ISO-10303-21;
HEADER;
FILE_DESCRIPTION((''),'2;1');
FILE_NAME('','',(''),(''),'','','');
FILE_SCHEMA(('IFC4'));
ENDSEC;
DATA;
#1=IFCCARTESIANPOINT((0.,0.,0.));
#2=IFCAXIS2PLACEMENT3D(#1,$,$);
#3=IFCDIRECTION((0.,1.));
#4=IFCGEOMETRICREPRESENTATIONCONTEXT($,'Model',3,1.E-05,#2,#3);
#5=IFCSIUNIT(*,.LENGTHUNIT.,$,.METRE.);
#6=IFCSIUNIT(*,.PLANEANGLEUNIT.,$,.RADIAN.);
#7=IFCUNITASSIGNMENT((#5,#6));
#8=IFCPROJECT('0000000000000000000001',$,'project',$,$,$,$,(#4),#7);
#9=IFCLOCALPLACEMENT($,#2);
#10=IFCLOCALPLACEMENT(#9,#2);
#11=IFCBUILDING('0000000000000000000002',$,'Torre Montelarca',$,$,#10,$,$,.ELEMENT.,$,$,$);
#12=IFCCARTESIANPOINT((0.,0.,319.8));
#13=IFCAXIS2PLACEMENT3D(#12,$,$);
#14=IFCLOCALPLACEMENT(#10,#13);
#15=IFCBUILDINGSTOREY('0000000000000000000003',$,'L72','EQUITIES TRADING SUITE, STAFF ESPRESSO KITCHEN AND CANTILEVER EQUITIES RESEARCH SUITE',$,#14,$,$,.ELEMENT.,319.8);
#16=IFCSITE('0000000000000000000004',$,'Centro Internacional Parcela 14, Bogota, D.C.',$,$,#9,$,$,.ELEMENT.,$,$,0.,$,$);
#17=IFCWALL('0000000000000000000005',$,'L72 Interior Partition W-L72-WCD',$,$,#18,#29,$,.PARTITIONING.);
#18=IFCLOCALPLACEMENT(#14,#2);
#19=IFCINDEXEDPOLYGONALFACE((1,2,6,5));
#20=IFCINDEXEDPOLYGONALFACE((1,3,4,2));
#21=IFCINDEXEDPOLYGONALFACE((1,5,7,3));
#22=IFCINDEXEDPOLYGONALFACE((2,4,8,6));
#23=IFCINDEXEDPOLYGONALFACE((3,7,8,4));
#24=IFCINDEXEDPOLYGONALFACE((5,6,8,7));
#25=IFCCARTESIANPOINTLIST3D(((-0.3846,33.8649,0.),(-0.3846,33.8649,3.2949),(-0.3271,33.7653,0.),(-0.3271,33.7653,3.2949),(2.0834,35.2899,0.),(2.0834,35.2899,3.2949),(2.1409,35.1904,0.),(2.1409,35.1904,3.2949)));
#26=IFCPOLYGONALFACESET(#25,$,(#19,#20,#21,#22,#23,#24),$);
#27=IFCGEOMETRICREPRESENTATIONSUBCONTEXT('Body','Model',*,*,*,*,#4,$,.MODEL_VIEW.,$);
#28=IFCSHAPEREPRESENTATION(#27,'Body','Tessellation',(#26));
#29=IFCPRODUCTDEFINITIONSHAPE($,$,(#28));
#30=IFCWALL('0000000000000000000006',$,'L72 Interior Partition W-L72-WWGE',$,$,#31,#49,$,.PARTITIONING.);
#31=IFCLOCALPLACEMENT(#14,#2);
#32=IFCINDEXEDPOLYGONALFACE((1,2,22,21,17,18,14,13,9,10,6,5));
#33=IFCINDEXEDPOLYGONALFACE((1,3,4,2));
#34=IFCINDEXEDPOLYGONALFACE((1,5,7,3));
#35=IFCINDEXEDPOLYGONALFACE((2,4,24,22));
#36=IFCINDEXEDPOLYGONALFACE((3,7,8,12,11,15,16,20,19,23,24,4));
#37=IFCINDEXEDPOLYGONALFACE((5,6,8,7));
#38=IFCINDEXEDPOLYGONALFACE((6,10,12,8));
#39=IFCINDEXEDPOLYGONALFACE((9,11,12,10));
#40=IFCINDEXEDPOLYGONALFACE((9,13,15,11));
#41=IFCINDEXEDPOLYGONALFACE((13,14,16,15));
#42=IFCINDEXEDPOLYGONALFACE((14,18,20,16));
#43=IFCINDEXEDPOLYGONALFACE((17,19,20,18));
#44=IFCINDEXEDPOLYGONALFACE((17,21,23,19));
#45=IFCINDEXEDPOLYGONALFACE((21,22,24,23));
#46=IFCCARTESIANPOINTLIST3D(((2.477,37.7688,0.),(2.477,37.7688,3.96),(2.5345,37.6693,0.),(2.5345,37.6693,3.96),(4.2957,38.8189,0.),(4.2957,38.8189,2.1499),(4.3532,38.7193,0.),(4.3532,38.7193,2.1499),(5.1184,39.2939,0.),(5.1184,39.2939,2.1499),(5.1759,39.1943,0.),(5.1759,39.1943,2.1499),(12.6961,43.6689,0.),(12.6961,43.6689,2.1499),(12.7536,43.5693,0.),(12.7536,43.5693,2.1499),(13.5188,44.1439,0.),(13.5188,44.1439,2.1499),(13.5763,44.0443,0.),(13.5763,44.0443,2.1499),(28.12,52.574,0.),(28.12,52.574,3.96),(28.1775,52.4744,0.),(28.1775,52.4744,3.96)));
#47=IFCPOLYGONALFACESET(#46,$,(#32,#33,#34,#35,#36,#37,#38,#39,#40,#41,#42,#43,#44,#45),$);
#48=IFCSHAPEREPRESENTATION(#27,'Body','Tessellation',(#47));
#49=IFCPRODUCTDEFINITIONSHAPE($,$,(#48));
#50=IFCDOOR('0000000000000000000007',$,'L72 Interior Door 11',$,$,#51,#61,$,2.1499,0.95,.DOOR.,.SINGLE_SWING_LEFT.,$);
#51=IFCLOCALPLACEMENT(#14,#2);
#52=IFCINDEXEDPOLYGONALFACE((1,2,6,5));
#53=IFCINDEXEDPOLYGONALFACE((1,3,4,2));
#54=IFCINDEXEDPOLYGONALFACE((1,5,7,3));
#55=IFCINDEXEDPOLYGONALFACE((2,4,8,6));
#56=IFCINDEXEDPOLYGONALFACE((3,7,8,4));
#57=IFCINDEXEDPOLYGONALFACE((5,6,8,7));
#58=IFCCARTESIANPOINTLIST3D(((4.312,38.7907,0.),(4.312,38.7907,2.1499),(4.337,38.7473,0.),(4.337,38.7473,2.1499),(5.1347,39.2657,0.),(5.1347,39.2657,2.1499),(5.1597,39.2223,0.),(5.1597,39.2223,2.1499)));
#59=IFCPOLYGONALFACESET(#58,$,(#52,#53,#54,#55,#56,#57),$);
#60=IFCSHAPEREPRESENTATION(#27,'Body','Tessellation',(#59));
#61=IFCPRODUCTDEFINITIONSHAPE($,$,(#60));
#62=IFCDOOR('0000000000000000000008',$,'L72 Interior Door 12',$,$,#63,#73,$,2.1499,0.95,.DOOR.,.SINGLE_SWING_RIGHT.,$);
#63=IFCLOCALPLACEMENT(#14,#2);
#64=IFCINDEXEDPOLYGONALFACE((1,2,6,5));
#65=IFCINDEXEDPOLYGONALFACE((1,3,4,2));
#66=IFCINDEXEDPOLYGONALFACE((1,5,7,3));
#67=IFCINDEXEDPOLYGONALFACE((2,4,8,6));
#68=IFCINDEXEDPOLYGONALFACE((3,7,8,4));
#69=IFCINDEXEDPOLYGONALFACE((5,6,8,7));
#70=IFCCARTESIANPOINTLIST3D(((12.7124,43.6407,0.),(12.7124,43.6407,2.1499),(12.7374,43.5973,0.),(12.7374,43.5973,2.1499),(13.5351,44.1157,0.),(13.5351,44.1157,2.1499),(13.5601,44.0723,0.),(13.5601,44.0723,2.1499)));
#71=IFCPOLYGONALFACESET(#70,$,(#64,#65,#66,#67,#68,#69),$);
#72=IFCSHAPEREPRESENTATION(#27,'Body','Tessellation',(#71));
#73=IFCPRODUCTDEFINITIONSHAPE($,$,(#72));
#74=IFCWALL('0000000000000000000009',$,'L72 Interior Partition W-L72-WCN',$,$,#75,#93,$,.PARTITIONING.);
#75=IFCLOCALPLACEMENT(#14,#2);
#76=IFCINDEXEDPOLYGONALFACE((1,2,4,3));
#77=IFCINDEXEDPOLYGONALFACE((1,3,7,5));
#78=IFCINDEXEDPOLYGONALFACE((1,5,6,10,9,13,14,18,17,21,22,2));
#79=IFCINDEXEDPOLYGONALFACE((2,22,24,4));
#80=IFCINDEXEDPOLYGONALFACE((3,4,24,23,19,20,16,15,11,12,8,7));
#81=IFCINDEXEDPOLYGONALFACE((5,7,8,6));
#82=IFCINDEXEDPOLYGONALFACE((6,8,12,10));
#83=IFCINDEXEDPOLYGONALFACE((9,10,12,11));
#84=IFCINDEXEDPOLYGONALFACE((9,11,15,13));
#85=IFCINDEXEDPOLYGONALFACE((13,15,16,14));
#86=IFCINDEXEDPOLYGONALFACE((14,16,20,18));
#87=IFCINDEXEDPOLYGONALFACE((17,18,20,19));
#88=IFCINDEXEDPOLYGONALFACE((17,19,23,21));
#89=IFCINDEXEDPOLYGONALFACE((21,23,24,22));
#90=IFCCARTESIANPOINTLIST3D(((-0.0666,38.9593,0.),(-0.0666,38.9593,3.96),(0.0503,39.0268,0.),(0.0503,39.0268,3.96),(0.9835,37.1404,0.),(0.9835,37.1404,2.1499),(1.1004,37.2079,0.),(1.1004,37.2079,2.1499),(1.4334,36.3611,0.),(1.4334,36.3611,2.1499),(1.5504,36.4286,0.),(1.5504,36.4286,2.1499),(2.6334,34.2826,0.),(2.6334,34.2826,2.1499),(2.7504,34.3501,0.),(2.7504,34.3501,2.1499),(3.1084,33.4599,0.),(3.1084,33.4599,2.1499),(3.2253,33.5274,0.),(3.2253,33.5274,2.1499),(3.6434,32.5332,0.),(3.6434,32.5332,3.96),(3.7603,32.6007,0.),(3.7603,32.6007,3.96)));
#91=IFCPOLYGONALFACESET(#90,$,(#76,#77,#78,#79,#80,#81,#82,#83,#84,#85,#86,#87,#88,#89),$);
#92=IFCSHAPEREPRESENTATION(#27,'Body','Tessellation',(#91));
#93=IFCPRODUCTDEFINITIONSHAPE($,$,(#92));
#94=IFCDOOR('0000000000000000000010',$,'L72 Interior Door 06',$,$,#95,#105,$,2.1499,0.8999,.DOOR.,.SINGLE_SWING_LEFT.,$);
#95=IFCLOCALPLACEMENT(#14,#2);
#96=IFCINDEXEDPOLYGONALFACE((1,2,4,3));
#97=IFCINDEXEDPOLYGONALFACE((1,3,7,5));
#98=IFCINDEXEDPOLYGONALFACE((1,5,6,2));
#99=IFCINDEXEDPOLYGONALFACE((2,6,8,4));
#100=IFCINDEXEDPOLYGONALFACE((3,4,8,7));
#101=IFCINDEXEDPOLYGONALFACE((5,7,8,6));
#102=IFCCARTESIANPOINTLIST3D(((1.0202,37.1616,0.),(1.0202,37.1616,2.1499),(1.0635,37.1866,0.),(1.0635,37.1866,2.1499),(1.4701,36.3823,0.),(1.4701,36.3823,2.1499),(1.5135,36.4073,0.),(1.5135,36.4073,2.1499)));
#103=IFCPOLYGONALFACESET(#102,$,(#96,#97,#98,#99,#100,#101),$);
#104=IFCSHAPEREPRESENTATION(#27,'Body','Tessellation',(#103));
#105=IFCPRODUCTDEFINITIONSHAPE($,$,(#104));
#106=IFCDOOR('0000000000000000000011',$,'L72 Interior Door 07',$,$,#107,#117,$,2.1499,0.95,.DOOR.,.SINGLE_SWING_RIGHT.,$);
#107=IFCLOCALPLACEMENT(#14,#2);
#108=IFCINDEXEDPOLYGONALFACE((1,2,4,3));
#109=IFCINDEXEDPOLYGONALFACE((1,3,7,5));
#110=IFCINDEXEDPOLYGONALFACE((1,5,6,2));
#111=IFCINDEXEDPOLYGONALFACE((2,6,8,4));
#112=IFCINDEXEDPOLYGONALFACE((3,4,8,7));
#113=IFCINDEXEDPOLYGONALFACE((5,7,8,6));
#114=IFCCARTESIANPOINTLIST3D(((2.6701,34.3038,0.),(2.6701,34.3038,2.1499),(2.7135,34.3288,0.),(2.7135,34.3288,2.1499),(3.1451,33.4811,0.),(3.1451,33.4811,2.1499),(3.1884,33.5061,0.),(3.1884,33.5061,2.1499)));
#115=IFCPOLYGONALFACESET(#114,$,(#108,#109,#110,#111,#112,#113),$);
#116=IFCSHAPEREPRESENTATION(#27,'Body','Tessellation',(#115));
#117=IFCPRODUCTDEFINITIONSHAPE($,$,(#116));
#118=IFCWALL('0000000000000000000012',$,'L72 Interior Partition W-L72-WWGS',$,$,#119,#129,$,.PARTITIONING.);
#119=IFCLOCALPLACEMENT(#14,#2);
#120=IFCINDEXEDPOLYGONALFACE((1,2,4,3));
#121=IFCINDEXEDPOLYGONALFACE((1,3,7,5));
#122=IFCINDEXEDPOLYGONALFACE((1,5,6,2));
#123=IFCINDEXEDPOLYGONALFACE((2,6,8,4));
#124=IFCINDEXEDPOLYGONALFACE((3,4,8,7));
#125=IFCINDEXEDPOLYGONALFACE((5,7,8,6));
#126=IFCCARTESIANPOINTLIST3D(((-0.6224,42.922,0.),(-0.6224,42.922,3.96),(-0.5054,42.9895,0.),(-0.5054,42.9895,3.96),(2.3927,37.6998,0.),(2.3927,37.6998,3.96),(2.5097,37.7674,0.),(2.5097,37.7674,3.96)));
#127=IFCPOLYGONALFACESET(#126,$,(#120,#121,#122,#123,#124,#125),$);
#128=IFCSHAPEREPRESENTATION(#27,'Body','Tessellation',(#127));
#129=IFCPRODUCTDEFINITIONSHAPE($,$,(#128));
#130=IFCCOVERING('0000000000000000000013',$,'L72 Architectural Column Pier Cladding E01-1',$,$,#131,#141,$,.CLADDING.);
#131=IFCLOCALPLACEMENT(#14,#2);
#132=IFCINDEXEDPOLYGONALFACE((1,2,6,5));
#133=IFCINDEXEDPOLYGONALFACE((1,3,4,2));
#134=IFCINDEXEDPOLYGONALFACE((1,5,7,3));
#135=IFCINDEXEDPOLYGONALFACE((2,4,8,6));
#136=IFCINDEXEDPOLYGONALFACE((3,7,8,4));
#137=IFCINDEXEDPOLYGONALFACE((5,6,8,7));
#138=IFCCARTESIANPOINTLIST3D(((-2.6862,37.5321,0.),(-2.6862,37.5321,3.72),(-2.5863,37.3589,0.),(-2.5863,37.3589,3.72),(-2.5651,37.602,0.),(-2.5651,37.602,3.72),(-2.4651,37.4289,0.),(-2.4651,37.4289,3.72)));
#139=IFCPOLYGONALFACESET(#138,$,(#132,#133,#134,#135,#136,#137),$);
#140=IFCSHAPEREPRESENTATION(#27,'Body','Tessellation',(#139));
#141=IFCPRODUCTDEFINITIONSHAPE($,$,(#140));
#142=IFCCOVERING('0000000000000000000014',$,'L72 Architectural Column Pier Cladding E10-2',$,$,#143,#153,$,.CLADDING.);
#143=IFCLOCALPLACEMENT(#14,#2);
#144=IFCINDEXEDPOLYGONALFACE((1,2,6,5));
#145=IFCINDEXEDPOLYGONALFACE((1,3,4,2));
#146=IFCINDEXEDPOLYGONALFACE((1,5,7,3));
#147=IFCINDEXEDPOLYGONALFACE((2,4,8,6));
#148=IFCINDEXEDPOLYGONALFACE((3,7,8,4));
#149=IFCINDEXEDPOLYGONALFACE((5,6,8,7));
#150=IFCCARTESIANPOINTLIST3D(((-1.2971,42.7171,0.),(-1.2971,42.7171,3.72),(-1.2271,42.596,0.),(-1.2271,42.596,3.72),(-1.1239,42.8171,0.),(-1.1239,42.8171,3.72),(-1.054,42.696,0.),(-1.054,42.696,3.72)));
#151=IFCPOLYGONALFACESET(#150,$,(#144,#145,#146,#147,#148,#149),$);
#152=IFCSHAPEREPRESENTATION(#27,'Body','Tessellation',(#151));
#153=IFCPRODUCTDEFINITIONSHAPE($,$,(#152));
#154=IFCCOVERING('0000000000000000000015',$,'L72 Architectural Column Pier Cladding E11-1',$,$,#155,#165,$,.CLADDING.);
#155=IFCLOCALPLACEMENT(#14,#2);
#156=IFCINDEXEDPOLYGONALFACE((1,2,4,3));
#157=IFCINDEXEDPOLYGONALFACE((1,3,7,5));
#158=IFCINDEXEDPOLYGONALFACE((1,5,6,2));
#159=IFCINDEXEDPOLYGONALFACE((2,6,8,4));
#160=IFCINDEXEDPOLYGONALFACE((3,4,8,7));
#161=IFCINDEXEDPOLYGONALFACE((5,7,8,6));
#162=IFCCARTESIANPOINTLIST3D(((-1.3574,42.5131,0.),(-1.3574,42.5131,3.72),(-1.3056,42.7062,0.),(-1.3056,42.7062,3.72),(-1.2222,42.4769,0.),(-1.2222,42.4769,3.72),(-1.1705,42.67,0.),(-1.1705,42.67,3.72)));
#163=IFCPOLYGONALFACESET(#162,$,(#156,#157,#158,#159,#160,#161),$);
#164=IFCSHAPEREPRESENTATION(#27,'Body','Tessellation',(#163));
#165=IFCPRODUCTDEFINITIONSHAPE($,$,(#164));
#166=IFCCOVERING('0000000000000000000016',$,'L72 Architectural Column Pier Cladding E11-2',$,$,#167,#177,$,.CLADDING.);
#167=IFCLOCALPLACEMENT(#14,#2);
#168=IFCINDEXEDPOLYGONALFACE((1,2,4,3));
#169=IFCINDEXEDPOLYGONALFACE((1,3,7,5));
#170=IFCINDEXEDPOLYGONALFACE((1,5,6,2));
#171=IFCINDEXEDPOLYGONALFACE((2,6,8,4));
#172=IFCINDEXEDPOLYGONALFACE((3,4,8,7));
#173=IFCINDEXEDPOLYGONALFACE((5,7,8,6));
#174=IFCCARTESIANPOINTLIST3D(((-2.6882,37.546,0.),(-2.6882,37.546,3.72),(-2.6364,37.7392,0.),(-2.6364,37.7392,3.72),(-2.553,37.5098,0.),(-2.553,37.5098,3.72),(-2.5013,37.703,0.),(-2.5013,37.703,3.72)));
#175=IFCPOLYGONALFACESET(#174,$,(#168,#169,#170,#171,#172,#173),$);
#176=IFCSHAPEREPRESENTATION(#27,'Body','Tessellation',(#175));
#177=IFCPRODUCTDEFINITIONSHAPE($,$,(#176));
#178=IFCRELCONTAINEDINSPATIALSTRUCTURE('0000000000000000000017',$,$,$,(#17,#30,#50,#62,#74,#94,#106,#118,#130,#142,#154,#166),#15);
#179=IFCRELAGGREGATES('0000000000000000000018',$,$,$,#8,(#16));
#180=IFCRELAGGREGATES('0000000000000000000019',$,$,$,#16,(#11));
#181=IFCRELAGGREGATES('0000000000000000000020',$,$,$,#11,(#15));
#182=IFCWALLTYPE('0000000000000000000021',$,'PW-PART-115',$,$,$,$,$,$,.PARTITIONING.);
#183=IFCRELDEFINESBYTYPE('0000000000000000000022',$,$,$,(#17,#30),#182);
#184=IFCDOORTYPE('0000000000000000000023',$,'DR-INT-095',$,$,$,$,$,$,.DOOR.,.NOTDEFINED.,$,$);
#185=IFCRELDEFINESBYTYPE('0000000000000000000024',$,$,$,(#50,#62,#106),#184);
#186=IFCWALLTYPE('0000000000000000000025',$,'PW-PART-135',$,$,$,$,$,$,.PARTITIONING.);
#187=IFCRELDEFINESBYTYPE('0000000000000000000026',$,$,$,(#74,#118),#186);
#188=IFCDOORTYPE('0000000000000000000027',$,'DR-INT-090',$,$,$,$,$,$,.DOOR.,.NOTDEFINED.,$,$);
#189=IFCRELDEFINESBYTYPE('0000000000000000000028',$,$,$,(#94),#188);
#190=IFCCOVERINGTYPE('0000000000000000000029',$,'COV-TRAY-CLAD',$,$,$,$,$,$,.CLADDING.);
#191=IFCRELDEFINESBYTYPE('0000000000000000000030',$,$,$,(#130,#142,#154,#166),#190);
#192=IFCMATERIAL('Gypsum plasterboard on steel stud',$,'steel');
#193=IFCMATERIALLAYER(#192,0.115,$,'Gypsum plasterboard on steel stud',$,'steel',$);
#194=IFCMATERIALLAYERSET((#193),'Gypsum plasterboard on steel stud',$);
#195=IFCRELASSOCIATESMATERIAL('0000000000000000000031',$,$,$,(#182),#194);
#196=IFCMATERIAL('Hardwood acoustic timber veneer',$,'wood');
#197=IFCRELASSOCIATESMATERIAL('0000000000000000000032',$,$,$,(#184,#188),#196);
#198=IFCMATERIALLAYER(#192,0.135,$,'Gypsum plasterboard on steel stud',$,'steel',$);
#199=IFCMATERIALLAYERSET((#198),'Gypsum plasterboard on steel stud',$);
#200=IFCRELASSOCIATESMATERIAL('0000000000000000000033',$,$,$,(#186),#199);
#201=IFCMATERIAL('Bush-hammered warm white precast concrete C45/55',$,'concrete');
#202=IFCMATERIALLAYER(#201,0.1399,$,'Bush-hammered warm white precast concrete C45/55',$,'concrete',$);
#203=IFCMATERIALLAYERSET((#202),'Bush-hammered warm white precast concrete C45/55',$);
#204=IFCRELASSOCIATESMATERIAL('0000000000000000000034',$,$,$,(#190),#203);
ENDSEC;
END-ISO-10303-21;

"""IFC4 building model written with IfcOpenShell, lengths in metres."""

from ifc_helpers import new_model, si_unit, direction, frame, frame_2d, origin, origin_2d, place, context, subcontext, project, spatial, rectangle, extrude, source, transform, mapped, material, layer, layer_set, type_object, element, fill, save


model = new_model("IFC4")

# Units and contexts
model_context = context("Model", 3, precision=1e-05, world=origin(), true_north=direction((0.0, 1.0)))
body_context = subcontext(model_context, "Body", "Model", "MODEL_VIEW")
ifc_project = project(units=[si_unit("LENGTHUNIT", "METRE"), si_unit("PLANEANGLEUNIT", "RADIAN")], contexts=[model_context])

# Site, building, storey
site_placement = place(None, origin())
site = spatial("IfcSite", under=ifc_project, at=site_placement, Name="Centro Internacional Parcela 14, Bogota, D.C.", CompositionType="ELEMENT", RefElevation=0.0)
building_placement = place(site_placement, origin())
building = spatial("IfcBuilding", under=site, at=building_placement, Name="Torre Montelarca", CompositionType="ELEMENT")
storey_placement = place(building_placement, frame((0.0, 0.0, 319.8)))
storey = spatial("IfcBuildingStorey", under=building, at=storey_placement, Name="L72", Description="EQUITIES TRADING SUITE, STAFF ESPRESSO KITCHEN AND CANTILEVER EQUITIES RESEARCH SUITE", CompositionType="ELEMENT", Elevation=319.8)

# Shared definitions
ifc_material_1 = material(Name="Gypsum plasterboard on steel stud", Category="steel")

# Wall
ifc_layer_1 = layer(ifc_material_1, 0.115, Name="Gypsum plasterboard on steel stud", Category="steel")
ifc_layer_set_1 = layer_set([ifc_layer_1], Name="Gypsum plasterboard on steel stud")
wall_type_1 = type_object("IfcWallType", Name="PW-PART-115", PredefinedType="PARTITIONING", material=ifc_layer_set_1)
wall_1_placement = place(storey_placement, frame((-0.3557, 33.8152, 0.0), z_axis=(0.0, 0.0, 1.0), x_axis=(0.866004, 0.500036, 0.0)))
element("IfcWall", 1, at=wall_1_placement, inside=storey, type_object=wall_type_1, Name="L72 Interior Partition W-L72-WCD", PredefinedType="PARTITIONING", context=body_context, shape_type="SweptSolid", body=[
    extrude(rectangle(XDim=2.8499, YDim=0.115, at=frame_2d((1.4248, 0.0))), origin(), (0.0, 0.0, 1.0), 3.2949),
])

# Walls, openings, doors
wall_2_placement = place(storey_placement, frame((2.5056, 37.719, 0.0), z_axis=(0.0, 0.0, 1.0), x_axis=(0.866023, 0.500004, 0.0)))
wall_2 = element("IfcWall", 2, at=wall_2_placement, inside=storey, type_object=wall_type_1, Name="L72 Interior Partition W-L72-WWGE", PredefinedType="PARTITIONING", context=body_context, shape_type="SweptSolid", body=[
    extrude(rectangle(XDim=29.6101, YDim=0.115, at=frame_2d((14.8052, 0.0))), origin(), (0.0, 0.0, 1.0), 3.96),
])
opening_1_placement = place(wall_2_placement, frame((2.1001, 0.0, 0.0)))
opening_1 = element("IfcOpeningElement", 3, at=opening_1_placement, cuts=wall_2, PredefinedType="OPENING", context=body_context, shape_type="SweptSolid", body=[
    extrude(rectangle(XDim=0.95, YDim=2.1499, at=frame_2d((0.4751, 1.075))), frame((0.0, 0.0674, 0.0), z_axis=(0.0, -1.0, 0.0), x_axis=(1.0, 0.0, 0.0)), (0.0, 0.0, 1.0), 0.135),
])
opening_2_placement = place(wall_2_placement, frame((11.8, 0.0, 0.0)))
opening_2 = element("IfcOpeningElement", 4, at=opening_2_placement, cuts=wall_2, PredefinedType="OPENING", context=body_context, shape_type="SweptSolid", body=[
    extrude(rectangle(XDim=0.95, YDim=2.1499, at=frame_2d((0.4751, 1.075))), frame((0.0, 0.0674, 0.0), z_axis=(0.0, -1.0, 0.0), x_axis=(1.0, 0.0, 0.0)), (0.0, 0.0, 1.0), 0.135),
])
ifc_material_2 = material(Name="Hardwood acoustic timber veneer", Category="wood")
door_type_1 = type_object("IfcDoorType", Name="DR-INT-095", OperationType="NOTDEFINED", PredefinedType="DOOR", material=ifc_material_2)
shared_shape_1 = source(origin(), body_context, "Body", "SweptSolid", [
    extrude(rectangle(XDim=0.95, YDim=2.1499, at=frame_2d((0.4751, 1.075))), frame((0.0, 0.0249, 0.0), z_axis=(0.0, -1.0, 0.0), x_axis=(1.0, 0.0, 0.0)), (0.0, 0.0, 1.0), 0.05),
])
door_1_placement = place(opening_1_placement, origin())
door_1 = element("IfcDoor", 5, at=door_1_placement, inside=storey, type_object=door_type_1, Name="L72 Interior Door 11", OperationType="SINGLE_SWING_LEFT", OverallHeight=2.1499, OverallWidth=0.95, PredefinedType="DOOR", context=body_context, shape_type="MappedRepresentation", body=[
    mapped(shared_shape_1, transform((0.0, 0.0, 0.0), scale=1.0)),
])
fill(opening_1, door_1)
door_2_placement = place(opening_2_placement, origin())
door_2 = element("IfcDoor", 6, at=door_2_placement, inside=storey, type_object=door_type_1, Name="L72 Interior Door 12", OperationType="SINGLE_SWING_RIGHT", OverallHeight=2.1499, OverallWidth=0.95, PredefinedType="DOOR", context=body_context, shape_type="MappedRepresentation", body=[
    mapped(shared_shape_1, transform((0.0, 0.0, 0.0), scale=1.0)),
])
fill(opening_2, door_2)
ifc_layer_2 = layer(ifc_material_1, 0.135, Name="Gypsum plasterboard on steel stud", Category="steel")
ifc_layer_set_2 = layer_set([ifc_layer_2], Name="Gypsum plasterboard on steel stud")
wall_type_2 = type_object("IfcWallType", Name="PW-PART-135", PredefinedType="PARTITIONING", material=ifc_layer_set_2)
wall_3_placement = place(storey_placement, frame((-0.0081, 38.9929, 0.0), z_axis=(0.0, 0.0, 1.0), x_axis=(0.499989, -0.866032, 0.0)))
wall_3 = element("IfcWall", 7, at=wall_3_placement, inside=storey, type_object=wall_type_2, Name="L72 Interior Partition W-L72-WCN", PredefinedType="PARTITIONING", context=body_context, shape_type="SweptSolid", body=[
    extrude(rectangle(XDim=7.4202, YDim=0.135, at=frame_2d((3.71, 0.0))), origin(), (0.0, 0.0, 1.0), 3.96),
])
opening_3_placement = place(wall_3_placement, frame((2.1001, 0.0, 0.0)))
opening_3 = element("IfcOpeningElement", 8, at=opening_3_placement, cuts=wall_3, PredefinedType="OPENING", context=body_context, shape_type="SweptSolid", body=[
    extrude(rectangle(XDim=0.8999, YDim=2.1499, at=frame_2d((0.45, 1.075))), frame((0.0, 0.0776, 0.0), z_axis=(0.0, -1.0, 0.0), x_axis=(1.0, 0.0, 0.0)), (0.0, 0.0, 1.0), 0.155),
])
opening_4_placement = place(wall_3_placement, frame((5.3999, 0.0, 0.0)))
opening_4 = element("IfcOpeningElement", 9, at=opening_4_placement, cuts=wall_3, PredefinedType="OPENING", context=body_context, shape_type="SweptSolid", body=[
    extrude(rectangle(XDim=0.95, YDim=2.1499, at=frame_2d((0.4751, 1.075))), frame((0.0, 0.0776, 0.0), z_axis=(0.0, -1.0, 0.0), x_axis=(1.0, 0.0, 0.0)), (0.0, 0.0, 1.0), 0.155),
])
door_type_2 = type_object("IfcDoorType", Name="DR-INT-090", OperationType="NOTDEFINED", PredefinedType="DOOR", material=ifc_material_2)
shared_shape_2 = source(origin(), body_context, "Body", "SweptSolid", [
    extrude(rectangle(XDim=0.8999, YDim=2.1499, at=frame_2d((0.45, 1.075))), frame((0.0, 0.0249, 0.0), z_axis=(0.0, -1.0, 0.0), x_axis=(1.0, 0.0, 0.0)), (0.0, 0.0, 1.0), 0.05),
])
door_3_placement = place(opening_3_placement, origin())
door_3 = element("IfcDoor", 10, at=door_3_placement, inside=storey, type_object=door_type_2, Name="L72 Interior Door 06", OperationType="SINGLE_SWING_LEFT", OverallHeight=2.1499, OverallWidth=0.8999, PredefinedType="DOOR", context=body_context, shape_type="MappedRepresentation", body=[
    mapped(shared_shape_2, transform((0.0, 0.0, 0.0), scale=1.0)),
])
fill(opening_3, door_3)
door_4_placement = place(opening_4_placement, origin())
door_4 = element("IfcDoor", 11, at=door_4_placement, inside=storey, type_object=door_type_1, Name="L72 Interior Door 07", OperationType="SINGLE_SWING_RIGHT", OverallHeight=2.1499, OverallWidth=0.95, PredefinedType="DOOR", context=body_context, shape_type="MappedRepresentation", body=[
    mapped(shared_shape_1, transform((0.0, 0.0, 0.0), scale=1.0)),
])
fill(opening_4, door_4)

# Wall
wall_4_placement = place(storey_placement, frame((-0.564, 42.9558, 0.0), z_axis=(0.0, 0.0, 1.0), x_axis=(0.500015, -0.866017, 0.0)))
element("IfcWall", 12, at=wall_4_placement, inside=storey, type_object=wall_type_2, Name="L72 Interior Partition W-L72-WWGS", PredefinedType="PARTITIONING", context=body_context, shape_type="SweptSolid", body=[
    extrude(rectangle(XDim=6.03, YDim=0.135, at=frame_2d((3.0151, 0.0))), origin(), (0.0, 0.0, 1.0), 3.96),
])

# Coverings
ifc_material_3 = material(Name="Bush-hammered warm white precast concrete C45/55", Category="concrete")
ifc_layer_3 = layer(ifc_material_3, 0.1399, Name="Bush-hammered warm white precast concrete C45/55", Category="concrete")
ifc_layer_set_3 = layer_set([ifc_layer_3], Name="Bush-hammered warm white precast concrete C45/55")
covering_type = type_object("IfcCoveringType", Name="COV-TRAY-CLAD", PredefinedType="CLADDING", material=ifc_layer_set_3)
shared_shape_3 = source(origin(), body_context, "Body", "SweptSolid", [
    extrude(rectangle(XDim=0.2, YDim=0.1399, at=origin_2d()), origin(), (0.0, 0.0, 1.0), 3.72),
])
for number, where, z_axis, x_axis, name in (
    (13, (-2.5757, 37.4805, 0.0), (0.0, 0.0, 1.0), (0.5, -0.866025, 0.0), "L72 Architectural Column Pier Cladding E01-1"),
    (14, (-1.1755, 42.7065, 0.0), (0.0, 0.0, 1.0), (-0.866025, -0.5, 0.0), "L72 Architectural Column Pier Cladding E10-2"),
    (15, (-1.2639, 42.5916, 0.0), (0.0, 0.0, 1.0), (-0.258821, -0.965925, 0.0), "L72 Architectural Column Pier Cladding E11-1"),
    (16, (-2.5947, 37.6245, 0.0), (0.0, 0.0, 1.0), (-0.258821, -0.965925, 0.0), "L72 Architectural Column Pier Cladding E11-2"),
):
    element("IfcCovering", number, at=place(storey_placement, frame(where, z_axis=z_axis, x_axis=x_axis)), inside=storey, type_object=covering_type, Name=name, PredefinedType="CLADDING", context=body_context, shape_type="MappedRepresentation", body=[
        mapped(shared_shape_3, transform((0.0, 0.0, 0.0), scale=1.0)),
    ])

save(model, "model.ifc")
